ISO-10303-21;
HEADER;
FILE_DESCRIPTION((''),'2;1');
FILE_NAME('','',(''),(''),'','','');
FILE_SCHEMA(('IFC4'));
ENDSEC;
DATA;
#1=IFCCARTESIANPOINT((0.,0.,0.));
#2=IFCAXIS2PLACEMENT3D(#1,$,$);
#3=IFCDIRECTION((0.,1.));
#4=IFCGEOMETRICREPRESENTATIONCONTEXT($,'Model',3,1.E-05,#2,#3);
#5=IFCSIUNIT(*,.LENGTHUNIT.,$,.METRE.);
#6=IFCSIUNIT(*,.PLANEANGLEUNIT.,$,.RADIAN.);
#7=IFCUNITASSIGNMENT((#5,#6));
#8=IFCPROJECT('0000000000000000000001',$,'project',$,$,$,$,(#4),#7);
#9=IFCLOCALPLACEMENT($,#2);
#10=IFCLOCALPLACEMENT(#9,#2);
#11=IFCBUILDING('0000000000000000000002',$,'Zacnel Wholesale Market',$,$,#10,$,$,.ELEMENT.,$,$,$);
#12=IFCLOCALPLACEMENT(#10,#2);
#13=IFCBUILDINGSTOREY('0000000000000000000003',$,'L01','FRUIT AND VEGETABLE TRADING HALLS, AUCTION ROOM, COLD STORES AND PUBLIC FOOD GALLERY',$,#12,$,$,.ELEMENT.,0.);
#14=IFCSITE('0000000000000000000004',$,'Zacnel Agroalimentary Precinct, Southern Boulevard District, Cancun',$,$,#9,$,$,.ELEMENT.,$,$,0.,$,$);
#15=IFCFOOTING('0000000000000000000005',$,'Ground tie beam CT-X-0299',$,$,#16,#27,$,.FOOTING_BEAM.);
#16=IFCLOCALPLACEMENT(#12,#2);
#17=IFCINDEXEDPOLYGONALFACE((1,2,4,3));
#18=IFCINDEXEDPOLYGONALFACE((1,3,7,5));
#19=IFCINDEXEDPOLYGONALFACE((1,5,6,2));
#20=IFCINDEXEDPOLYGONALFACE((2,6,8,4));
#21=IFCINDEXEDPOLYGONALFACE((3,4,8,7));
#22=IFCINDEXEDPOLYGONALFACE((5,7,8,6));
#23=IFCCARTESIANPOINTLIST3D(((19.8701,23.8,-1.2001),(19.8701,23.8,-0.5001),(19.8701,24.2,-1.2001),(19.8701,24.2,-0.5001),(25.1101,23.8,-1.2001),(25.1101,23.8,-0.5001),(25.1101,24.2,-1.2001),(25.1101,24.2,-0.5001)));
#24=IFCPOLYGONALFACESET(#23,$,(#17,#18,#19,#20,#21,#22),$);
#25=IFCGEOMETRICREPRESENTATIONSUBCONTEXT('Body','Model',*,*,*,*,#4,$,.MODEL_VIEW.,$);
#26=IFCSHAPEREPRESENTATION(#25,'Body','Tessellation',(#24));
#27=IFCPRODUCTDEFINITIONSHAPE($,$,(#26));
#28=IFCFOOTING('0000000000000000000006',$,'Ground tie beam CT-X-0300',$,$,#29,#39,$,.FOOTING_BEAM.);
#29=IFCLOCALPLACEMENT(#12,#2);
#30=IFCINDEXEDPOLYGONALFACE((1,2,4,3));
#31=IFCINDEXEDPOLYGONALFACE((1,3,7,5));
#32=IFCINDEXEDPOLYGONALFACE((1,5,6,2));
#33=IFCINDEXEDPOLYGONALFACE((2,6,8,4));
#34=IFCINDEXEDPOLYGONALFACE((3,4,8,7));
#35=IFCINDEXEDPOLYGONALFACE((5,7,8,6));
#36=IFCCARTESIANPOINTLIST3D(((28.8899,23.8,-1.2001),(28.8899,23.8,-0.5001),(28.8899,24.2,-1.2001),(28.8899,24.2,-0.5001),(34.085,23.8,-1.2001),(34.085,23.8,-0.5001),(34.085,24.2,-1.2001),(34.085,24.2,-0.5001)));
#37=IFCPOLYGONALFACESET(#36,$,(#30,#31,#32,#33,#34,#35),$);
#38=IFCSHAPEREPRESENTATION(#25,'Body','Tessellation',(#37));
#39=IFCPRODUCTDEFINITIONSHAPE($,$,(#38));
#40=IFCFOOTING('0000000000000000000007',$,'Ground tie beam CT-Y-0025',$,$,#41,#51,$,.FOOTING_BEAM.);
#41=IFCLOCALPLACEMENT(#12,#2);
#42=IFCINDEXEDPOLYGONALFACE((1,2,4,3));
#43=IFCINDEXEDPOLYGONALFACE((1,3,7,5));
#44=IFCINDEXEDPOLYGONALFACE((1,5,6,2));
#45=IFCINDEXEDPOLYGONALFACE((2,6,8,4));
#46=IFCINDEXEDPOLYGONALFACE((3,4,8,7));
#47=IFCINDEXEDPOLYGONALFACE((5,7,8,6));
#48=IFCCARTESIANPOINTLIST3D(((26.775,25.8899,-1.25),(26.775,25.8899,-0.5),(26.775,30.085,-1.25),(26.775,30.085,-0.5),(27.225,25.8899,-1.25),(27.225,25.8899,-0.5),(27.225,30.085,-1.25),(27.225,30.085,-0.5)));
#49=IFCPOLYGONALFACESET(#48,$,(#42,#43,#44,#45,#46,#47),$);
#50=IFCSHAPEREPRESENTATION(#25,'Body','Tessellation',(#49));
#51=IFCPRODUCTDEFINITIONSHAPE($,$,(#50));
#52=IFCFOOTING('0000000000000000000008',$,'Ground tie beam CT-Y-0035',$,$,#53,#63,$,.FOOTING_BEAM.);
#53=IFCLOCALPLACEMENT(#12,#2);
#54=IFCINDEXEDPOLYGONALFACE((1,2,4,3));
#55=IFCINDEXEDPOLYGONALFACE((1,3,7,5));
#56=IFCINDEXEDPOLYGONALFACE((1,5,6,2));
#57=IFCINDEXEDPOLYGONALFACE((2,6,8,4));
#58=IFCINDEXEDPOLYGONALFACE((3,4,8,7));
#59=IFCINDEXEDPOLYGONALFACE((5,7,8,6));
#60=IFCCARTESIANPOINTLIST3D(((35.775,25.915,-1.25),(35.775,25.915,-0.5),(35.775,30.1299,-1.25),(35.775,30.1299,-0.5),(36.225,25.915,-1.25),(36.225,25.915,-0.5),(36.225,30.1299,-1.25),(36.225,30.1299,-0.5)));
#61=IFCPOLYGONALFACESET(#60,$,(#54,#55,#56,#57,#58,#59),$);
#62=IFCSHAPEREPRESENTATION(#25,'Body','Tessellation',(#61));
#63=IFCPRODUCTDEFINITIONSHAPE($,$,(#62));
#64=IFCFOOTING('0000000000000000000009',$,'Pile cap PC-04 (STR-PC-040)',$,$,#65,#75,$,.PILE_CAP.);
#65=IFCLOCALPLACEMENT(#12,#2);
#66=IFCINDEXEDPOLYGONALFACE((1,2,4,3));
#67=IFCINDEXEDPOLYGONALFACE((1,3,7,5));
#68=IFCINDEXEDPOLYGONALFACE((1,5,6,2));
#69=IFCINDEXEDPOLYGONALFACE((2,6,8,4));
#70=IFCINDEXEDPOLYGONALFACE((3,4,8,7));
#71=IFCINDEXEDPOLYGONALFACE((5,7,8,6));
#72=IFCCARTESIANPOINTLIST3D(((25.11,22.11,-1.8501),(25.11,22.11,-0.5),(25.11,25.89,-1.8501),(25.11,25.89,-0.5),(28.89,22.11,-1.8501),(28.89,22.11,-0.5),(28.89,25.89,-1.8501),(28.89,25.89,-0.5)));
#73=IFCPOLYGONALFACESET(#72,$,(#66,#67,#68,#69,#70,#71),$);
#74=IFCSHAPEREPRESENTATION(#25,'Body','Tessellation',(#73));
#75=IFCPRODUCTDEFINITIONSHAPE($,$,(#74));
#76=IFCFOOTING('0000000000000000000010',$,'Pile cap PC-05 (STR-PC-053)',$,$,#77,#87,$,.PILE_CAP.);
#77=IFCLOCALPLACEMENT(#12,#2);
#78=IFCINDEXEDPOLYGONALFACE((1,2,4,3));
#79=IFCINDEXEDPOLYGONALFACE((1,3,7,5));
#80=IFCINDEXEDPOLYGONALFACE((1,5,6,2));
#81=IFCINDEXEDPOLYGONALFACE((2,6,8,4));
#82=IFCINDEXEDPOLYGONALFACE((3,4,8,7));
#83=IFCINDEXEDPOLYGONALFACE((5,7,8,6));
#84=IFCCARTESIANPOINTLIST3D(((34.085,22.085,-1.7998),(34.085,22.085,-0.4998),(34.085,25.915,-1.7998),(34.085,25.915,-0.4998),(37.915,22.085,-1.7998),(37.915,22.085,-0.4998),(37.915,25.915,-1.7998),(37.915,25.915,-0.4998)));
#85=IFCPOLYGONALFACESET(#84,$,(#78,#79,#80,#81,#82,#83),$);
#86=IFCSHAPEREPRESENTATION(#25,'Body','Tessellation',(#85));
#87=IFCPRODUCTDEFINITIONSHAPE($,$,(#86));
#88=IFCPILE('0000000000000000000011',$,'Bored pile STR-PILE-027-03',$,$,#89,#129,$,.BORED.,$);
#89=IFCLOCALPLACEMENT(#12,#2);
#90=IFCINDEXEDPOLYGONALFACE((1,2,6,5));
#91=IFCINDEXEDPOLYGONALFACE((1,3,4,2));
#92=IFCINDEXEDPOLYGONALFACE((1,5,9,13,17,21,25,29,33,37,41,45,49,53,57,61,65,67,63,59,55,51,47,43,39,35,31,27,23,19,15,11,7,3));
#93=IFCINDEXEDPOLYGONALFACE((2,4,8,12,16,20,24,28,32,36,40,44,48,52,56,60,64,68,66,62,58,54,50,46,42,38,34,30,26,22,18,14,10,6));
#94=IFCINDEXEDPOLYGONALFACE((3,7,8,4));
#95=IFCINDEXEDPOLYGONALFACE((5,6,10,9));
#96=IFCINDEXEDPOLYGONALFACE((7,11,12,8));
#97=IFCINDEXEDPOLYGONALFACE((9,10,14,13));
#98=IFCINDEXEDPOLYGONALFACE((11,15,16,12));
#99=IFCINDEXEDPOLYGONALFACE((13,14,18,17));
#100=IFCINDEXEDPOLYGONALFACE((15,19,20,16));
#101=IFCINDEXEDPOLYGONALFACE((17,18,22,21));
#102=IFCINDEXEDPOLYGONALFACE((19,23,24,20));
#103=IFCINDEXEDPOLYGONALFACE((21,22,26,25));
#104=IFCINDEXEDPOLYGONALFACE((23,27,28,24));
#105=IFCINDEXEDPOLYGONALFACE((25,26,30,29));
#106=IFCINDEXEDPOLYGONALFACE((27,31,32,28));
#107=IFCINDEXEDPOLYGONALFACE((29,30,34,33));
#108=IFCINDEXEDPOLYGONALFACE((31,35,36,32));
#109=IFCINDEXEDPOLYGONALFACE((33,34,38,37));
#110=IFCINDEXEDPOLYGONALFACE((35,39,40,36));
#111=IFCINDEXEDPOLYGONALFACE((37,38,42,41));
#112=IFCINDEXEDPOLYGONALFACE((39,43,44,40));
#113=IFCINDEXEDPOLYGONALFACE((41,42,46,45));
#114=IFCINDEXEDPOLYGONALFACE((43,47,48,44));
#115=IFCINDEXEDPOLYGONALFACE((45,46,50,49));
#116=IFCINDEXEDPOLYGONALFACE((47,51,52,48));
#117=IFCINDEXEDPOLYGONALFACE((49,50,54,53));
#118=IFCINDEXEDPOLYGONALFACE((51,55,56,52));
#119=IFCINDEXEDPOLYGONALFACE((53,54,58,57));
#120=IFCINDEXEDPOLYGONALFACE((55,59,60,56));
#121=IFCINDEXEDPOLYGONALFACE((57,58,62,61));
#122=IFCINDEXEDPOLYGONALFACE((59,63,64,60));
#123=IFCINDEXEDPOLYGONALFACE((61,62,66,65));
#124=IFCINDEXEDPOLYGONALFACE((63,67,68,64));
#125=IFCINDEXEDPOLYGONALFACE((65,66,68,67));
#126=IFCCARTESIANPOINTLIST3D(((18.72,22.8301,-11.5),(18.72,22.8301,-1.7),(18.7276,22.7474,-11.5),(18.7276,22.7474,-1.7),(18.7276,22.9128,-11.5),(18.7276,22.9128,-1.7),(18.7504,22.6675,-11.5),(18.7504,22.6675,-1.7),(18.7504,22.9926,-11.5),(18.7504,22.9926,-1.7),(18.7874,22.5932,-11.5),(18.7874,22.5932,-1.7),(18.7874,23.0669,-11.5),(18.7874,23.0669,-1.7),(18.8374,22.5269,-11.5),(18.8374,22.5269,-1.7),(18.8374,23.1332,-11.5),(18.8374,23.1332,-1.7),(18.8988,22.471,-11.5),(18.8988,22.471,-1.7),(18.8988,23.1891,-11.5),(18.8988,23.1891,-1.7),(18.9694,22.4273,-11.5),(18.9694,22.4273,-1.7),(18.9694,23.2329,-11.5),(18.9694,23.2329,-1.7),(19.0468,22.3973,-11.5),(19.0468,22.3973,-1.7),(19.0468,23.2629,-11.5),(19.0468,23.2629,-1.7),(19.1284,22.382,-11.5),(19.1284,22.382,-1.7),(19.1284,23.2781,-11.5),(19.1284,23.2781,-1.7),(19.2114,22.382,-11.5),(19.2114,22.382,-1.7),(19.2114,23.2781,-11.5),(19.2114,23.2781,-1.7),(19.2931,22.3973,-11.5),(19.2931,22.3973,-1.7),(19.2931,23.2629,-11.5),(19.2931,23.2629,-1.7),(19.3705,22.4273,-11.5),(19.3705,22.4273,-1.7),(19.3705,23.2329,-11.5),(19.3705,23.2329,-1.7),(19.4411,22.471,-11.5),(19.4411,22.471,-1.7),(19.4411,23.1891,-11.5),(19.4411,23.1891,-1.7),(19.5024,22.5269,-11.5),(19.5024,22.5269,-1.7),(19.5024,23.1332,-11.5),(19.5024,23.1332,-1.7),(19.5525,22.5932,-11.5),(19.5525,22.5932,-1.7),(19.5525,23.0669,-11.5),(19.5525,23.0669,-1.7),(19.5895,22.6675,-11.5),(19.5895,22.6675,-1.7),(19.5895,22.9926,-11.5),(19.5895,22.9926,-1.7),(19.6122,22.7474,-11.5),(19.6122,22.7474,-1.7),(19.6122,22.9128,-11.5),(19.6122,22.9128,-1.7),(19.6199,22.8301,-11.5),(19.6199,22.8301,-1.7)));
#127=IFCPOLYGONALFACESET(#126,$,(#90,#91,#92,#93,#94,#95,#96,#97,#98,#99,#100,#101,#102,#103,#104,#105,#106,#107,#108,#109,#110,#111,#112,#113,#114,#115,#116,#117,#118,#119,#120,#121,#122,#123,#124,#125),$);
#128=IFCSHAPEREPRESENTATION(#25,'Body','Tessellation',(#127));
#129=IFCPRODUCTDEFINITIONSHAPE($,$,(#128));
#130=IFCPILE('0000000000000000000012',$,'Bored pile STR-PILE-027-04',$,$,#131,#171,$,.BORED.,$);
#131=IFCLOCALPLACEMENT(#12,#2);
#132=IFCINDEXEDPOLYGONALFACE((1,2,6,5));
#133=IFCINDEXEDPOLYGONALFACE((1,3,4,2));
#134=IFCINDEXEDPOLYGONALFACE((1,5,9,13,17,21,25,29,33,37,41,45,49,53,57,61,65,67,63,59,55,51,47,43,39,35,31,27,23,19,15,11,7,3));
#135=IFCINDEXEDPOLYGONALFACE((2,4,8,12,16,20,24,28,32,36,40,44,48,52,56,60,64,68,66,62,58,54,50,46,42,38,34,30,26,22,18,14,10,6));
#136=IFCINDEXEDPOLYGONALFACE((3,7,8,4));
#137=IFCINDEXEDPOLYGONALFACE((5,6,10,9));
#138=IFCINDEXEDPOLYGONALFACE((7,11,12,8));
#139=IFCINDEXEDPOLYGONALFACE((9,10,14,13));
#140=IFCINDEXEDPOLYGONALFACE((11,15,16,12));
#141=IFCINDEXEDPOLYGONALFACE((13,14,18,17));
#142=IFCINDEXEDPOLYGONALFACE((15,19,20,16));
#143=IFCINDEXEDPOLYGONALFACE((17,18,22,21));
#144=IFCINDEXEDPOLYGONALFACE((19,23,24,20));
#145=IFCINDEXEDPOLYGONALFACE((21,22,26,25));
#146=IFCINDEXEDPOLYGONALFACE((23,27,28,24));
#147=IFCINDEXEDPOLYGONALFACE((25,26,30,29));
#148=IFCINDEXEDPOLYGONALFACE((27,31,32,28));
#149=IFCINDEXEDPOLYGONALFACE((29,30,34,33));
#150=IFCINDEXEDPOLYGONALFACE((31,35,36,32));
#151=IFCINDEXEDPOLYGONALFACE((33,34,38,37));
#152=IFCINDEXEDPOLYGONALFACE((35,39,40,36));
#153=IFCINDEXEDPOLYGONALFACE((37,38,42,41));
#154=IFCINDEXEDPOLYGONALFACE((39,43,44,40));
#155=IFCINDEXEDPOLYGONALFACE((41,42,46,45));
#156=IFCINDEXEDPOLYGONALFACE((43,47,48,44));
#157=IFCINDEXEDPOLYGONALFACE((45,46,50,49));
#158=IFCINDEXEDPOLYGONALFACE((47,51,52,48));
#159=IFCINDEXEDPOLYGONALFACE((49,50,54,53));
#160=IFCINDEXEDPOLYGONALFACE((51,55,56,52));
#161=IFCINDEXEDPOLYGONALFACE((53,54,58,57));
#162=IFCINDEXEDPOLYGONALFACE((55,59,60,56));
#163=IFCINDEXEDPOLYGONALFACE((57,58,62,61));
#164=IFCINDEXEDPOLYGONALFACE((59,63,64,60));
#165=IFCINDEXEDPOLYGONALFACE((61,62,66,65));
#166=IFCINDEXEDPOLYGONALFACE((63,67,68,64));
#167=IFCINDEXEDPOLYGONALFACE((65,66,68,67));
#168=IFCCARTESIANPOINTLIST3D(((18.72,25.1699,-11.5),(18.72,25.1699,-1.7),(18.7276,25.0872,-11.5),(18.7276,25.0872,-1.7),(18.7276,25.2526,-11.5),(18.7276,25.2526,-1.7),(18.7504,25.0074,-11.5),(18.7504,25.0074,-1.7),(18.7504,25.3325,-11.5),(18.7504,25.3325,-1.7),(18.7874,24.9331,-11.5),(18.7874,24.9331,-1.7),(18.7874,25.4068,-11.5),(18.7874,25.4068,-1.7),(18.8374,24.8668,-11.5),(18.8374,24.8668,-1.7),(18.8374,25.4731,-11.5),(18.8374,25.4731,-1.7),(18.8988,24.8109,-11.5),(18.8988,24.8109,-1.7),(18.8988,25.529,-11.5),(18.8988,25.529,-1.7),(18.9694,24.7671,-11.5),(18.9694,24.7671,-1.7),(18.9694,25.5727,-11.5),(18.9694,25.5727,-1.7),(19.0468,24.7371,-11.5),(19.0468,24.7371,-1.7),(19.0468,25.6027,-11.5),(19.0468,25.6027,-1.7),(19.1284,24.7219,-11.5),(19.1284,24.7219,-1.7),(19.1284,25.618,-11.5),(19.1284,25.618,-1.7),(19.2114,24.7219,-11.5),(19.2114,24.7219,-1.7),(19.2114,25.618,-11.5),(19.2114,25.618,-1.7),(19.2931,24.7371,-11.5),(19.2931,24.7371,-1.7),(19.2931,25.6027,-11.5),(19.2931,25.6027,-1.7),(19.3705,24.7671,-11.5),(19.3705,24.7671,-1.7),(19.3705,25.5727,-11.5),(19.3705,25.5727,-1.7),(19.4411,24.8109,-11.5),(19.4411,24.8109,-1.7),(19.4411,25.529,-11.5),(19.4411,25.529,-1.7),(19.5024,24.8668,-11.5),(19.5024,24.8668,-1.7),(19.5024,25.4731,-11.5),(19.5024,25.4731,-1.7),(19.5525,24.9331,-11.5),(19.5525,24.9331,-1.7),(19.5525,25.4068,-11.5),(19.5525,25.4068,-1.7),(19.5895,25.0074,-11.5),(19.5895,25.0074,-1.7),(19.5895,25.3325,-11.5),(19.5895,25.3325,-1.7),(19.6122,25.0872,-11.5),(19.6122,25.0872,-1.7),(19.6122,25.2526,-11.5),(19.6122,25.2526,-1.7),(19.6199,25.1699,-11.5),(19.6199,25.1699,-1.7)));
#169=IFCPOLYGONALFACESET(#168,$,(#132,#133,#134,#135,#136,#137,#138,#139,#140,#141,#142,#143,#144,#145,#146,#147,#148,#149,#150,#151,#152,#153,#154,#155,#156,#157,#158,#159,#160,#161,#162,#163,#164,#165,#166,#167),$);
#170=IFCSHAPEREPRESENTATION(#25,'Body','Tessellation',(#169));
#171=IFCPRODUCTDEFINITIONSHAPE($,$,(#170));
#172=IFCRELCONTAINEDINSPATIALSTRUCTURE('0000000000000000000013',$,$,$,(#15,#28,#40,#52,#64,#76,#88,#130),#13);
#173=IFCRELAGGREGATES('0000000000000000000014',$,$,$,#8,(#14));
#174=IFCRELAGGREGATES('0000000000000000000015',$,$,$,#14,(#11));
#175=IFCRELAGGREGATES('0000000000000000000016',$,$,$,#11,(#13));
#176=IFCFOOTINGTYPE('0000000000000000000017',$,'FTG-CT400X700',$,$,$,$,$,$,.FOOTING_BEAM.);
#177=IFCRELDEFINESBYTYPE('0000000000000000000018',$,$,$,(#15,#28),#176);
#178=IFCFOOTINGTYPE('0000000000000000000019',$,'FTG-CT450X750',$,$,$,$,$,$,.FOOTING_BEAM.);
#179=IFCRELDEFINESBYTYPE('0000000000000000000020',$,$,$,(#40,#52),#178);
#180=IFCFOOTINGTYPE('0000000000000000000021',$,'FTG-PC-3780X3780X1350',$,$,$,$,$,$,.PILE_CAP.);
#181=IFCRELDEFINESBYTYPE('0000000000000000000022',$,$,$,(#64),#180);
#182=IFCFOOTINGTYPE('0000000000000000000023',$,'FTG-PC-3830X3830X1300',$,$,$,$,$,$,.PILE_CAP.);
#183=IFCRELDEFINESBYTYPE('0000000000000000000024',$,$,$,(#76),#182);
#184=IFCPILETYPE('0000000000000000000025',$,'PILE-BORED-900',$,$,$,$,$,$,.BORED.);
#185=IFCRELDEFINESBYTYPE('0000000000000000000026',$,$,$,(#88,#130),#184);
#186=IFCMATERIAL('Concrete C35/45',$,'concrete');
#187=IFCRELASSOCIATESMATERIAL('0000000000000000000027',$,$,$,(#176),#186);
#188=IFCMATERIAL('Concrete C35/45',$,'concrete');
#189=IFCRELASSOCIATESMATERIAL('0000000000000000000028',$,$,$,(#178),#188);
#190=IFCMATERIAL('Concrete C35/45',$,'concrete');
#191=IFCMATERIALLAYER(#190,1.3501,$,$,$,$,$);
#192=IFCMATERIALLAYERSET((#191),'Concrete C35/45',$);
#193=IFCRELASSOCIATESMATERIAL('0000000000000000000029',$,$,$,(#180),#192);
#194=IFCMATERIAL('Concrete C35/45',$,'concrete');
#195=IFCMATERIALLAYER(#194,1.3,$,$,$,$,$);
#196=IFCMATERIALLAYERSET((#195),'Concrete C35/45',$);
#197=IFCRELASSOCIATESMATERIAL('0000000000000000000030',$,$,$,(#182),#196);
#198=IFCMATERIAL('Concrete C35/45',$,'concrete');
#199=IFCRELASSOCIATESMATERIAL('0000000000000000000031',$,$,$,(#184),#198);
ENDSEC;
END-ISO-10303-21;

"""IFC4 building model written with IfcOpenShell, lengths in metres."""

from ifc_helpers import new_model, si_unit, direction, frame, origin, origin_2d, place, context, subcontext, project, spatial, rectangle, circle, extrude, material, layer, layer_set, material_profile, profile_set, type_object, element, save


model = new_model("IFC4")

# Units and contexts
model_context = context("Model", 3, precision=1e-05, world=origin(), true_north=direction((0.0, 1.0)))
body_context = subcontext(model_context, "Body", "Model", "MODEL_VIEW")
ifc_project = project(units=[si_unit("LENGTHUNIT", "METRE"), si_unit("PLANEANGLEUNIT", "RADIAN")], contexts=[model_context])

# Site, building, storey
site_placement = place(None, origin())
site = spatial("IfcSite", under=ifc_project, at=site_placement, Name="Zacnel Agroalimentary Precinct, Southern Boulevard District, Cancun", CompositionType="ELEMENT", RefElevation=0.0)
building_placement = place(site_placement, origin())
building = spatial("IfcBuilding", under=site, at=building_placement, Name="Zacnel Wholesale Market", CompositionType="ELEMENT")
storey_placement = place(building_placement, origin())
storey = spatial("IfcBuildingStorey", under=building, at=storey_placement, Name="L01", Description="FRUIT AND VEGETABLE TRADING HALLS, AUCTION ROOM, COLD STORES AND PUBLIC FOOD GALLERY", CompositionType="ELEMENT", Elevation=0.0)

# Footings
ifc_material_1 = material(Name="Concrete C35/45", Category="concrete")
ifc_material_profile_1 = material_profile(ifc_material_1, rectangle(XDim=0.3999, YDim=0.7, at=origin_2d()), Name="CT 400x700")
ifc_profile_set_1 = profile_set([ifc_material_profile_1], Name="Concrete C35/45")
footing_type_1 = type_object("IfcFootingType", Name="FTG-CT400X700", PredefinedType="FOOTING_BEAM", material=ifc_profile_set_1)
footing_1_placement = place(storey_placement, frame((19.8701, 24.0, -0.8501), z_axis=(1.0, 0.0, 0.0), x_axis=(0.0, 1.0, 0.0)))
element("IfcFooting", 1, at=footing_1_placement, inside=storey, type_object=footing_type_1, Name="Ground tie beam CT-X-0299", PredefinedType="FOOTING_BEAM", context=body_context, shape_type="SweptSolid", body=[
    extrude(rectangle(XDim=0.3999, YDim=0.7, at=origin_2d()), origin(), (0.0, 0.0, 1.0), 5.24),
])
footing_2_placement = place(storey_placement, frame((28.8899, 24.0, -0.8501), z_axis=(1.0, 0.0, 0.0), x_axis=(0.0, 1.0, 0.0)))
element("IfcFooting", 2, at=footing_2_placement, inside=storey, type_object=footing_type_1, Name="Ground tie beam CT-X-0300", PredefinedType="FOOTING_BEAM", context=body_context, shape_type="SweptSolid", body=[
    extrude(rectangle(XDim=0.3999, YDim=0.7, at=origin_2d()), origin(), (0.0, 0.0, 1.0), 5.1951),
])
ifc_material_2 = material(Name="Concrete C35/45", Category="concrete")
ifc_material_profile_2 = material_profile(ifc_material_2, rectangle(XDim=0.45, YDim=0.75, at=origin_2d()), Name="CT 450x750")
ifc_profile_set_2 = profile_set([ifc_material_profile_2], Name="Concrete C35/45")
footing_type_2 = type_object("IfcFootingType", Name="FTG-CT450X750", PredefinedType="FOOTING_BEAM", material=ifc_profile_set_2)
footing_3_placement = place(storey_placement, frame((27.0, 25.8899, -0.875), z_axis=(0.0, 1.0, 0.0), x_axis=(-1.0, 0.0, 0.0)))
element("IfcFooting", 3, at=footing_3_placement, inside=storey, type_object=footing_type_2, Name="Ground tie beam CT-Y-0025", PredefinedType="FOOTING_BEAM", context=body_context, shape_type="SweptSolid", body=[
    extrude(rectangle(XDim=0.45, YDim=0.75, at=origin_2d()), origin(), (0.0, 0.0, 1.0), 4.1951),
])
footing_4_placement = place(storey_placement, frame((36.0, 25.915, -0.875), z_axis=(0.0, 1.0, 0.0), x_axis=(-1.0, 0.0, 0.0)))
element("IfcFooting", 4, at=footing_4_placement, inside=storey, type_object=footing_type_2, Name="Ground tie beam CT-Y-0035", PredefinedType="FOOTING_BEAM", context=body_context, shape_type="SweptSolid", body=[
    extrude(rectangle(XDim=0.45, YDim=0.75, at=origin_2d()), origin(), (0.0, 0.0, 1.0), 4.2148),
])
ifc_material_3 = material(Name="Concrete C35/45", Category="concrete")
ifc_layer_1 = layer(ifc_material_3, 1.3501)
ifc_layer_set_1 = layer_set([ifc_layer_1], Name="Concrete C35/45")
footing_type_3 = type_object("IfcFootingType", Name="FTG-PC-3780X3780X1350", PredefinedType="PILE_CAP", material=ifc_layer_set_1)
footing_5_placement = place(storey_placement, frame((27.0, 24.0, -1.8501), z_axis=(0.0, 0.0, 1.0), x_axis=(1.0, 0.0, 0.0)))
element("IfcFooting", 5, at=footing_5_placement, inside=storey, type_object=footing_type_3, Name="Pile cap PC-04 (STR-PC-040)", PredefinedType="PILE_CAP", context=body_context, shape_type="SweptSolid", body=[
    extrude(rectangle(XDim=3.78, YDim=3.78, at=origin_2d()), origin(), (0.0, 0.0, 1.0), 1.3501),
])
ifc_material_4 = material(Name="Concrete C35/45", Category="concrete")
ifc_layer_2 = layer(ifc_material_4, 1.3)
ifc_layer_set_2 = layer_set([ifc_layer_2], Name="Concrete C35/45")
footing_type_4 = type_object("IfcFootingType", Name="FTG-PC-3830X3830X1300", PredefinedType="PILE_CAP", material=ifc_layer_set_2)
footing_6_placement = place(storey_placement, frame((36.0, 24.0, -1.7998), z_axis=(0.0, 0.0, 1.0), x_axis=(1.0, 0.0, 0.0)))
element("IfcFooting", 6, at=footing_6_placement, inside=storey, type_object=footing_type_4, Name="Pile cap PC-05 (STR-PC-053)", PredefinedType="PILE_CAP", context=body_context, shape_type="SweptSolid", body=[
    extrude(rectangle(XDim=3.8301, YDim=3.8301, at=origin_2d()), origin(), (0.0, 0.0, 1.0), 1.3),
])

# Piles
ifc_material_5 = material(Name="Concrete C35/45", Category="concrete")
ifc_material_profile_3 = material_profile(ifc_material_5, circle(Radius=0.45, at=origin_2d()), Name="BORED PILE D900")
ifc_profile_set_3 = profile_set([ifc_material_profile_3], Name="Concrete C35/45")
pile_type = type_object("IfcPileType", Name="PILE-BORED-900", PredefinedType="BORED", material=ifc_profile_set_3)
for number, where, z_axis, x_axis, name in (
    (7, (19.1699, 22.8301, -1.7), (0.0, 0.0, -1.0), (1.0, 0.0, 0.0), "Bored pile STR-PILE-027-03"),
    (8, (19.1699, 25.1699, -1.7), (0.0, 0.0, -1.0), (1.0, 0.0, 0.0), "Bored pile STR-PILE-027-04"),
):
    element("IfcPile", number, at=place(storey_placement, frame(where, z_axis=z_axis, x_axis=x_axis)), inside=storey, type_object=pile_type, Name=name, PredefinedType="BORED", context=body_context, shape_type="SweptSolid", body=[
        extrude(circle(Radius=0.45, at=origin_2d()), origin(), (0.0, 0.0, 1.0), 9.8),
    ])

save(model, "model.ifc")
